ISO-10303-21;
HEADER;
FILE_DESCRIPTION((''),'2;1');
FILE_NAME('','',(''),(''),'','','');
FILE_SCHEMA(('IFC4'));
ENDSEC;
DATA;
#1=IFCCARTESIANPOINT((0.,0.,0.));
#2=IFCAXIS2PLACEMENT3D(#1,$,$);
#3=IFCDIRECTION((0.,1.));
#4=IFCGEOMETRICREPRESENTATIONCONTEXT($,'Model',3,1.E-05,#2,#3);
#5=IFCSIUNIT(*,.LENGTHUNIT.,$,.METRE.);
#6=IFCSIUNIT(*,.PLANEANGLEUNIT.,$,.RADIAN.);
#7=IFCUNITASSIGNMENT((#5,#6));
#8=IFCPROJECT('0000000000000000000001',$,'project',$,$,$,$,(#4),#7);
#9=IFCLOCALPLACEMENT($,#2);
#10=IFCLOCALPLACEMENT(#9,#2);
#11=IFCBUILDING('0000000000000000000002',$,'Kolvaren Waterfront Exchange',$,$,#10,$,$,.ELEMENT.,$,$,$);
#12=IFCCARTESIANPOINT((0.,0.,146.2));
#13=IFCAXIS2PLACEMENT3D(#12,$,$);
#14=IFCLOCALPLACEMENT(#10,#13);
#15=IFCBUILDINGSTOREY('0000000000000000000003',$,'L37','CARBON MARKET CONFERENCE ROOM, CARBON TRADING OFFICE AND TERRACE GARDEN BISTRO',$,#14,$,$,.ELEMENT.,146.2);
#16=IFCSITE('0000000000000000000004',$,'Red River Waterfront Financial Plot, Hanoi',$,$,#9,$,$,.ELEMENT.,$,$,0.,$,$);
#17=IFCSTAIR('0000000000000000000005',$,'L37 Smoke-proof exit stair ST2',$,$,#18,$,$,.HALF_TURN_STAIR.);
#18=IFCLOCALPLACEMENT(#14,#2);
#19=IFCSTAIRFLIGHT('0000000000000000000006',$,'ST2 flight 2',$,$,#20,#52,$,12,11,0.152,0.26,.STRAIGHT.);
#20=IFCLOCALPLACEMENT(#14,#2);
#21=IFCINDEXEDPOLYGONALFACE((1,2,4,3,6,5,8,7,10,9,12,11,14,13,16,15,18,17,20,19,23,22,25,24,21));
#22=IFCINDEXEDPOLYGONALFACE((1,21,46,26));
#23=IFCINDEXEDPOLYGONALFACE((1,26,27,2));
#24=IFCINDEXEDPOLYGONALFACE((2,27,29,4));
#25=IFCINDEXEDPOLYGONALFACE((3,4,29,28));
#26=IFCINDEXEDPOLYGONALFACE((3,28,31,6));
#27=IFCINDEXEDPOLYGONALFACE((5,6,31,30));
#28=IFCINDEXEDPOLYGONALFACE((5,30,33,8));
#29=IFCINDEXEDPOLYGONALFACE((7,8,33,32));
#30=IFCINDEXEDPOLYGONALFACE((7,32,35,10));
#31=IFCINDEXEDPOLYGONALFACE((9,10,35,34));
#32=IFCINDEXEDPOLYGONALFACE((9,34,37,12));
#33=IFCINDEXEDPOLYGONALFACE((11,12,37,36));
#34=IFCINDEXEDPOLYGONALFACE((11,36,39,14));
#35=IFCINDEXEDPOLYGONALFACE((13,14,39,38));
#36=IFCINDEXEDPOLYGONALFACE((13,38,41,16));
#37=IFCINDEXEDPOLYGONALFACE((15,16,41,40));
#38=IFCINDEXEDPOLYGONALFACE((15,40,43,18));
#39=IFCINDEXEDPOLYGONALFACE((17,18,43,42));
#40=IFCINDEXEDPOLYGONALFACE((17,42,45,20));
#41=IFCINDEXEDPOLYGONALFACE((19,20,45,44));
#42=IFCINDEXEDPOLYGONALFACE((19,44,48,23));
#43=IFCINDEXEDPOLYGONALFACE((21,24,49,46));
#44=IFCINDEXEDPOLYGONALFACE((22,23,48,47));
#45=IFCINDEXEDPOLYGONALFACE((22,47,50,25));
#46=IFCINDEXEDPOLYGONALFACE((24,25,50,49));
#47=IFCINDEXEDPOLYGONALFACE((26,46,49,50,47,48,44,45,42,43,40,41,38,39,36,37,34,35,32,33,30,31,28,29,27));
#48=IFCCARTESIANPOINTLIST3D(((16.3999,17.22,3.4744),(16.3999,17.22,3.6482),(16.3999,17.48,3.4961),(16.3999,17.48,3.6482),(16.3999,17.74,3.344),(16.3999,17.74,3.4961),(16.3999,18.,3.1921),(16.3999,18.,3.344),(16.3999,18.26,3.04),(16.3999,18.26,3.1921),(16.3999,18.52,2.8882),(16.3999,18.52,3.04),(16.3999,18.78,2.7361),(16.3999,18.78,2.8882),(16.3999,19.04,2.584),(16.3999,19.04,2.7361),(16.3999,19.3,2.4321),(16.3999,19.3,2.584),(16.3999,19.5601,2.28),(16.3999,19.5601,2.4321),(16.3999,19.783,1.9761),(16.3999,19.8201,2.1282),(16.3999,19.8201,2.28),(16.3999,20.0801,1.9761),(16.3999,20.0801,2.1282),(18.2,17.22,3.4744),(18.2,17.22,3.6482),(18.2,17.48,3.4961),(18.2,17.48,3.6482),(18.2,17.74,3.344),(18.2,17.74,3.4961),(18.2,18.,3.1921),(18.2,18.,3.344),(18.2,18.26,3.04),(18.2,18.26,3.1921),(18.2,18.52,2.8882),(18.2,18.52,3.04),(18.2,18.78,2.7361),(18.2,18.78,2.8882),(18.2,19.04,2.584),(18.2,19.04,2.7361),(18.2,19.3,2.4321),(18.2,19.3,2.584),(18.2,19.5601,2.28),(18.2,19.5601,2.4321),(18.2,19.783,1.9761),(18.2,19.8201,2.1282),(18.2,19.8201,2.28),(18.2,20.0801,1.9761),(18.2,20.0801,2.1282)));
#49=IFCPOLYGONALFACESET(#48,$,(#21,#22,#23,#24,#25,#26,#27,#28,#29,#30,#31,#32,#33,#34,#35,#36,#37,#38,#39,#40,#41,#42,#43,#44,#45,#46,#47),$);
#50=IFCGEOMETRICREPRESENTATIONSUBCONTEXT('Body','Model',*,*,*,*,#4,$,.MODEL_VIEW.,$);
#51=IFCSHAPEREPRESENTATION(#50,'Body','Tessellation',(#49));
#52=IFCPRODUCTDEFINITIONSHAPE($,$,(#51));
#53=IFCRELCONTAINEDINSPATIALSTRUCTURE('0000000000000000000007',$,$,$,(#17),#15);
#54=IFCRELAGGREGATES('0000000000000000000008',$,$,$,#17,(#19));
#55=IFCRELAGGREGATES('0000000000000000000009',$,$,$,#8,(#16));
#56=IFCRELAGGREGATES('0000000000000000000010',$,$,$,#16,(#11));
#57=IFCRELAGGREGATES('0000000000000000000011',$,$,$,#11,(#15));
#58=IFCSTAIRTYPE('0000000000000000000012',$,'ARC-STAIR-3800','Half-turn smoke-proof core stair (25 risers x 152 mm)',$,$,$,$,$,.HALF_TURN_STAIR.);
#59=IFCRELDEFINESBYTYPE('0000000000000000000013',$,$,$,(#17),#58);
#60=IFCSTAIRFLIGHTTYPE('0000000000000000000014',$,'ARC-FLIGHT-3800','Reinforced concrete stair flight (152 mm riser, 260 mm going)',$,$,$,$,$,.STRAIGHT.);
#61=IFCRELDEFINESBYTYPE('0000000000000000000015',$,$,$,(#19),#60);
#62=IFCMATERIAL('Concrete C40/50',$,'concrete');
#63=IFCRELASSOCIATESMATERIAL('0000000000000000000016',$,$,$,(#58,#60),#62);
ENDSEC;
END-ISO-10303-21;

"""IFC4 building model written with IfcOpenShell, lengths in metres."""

from ifc_helpers import new_model, si_unit, direction, frame, origin, place, context, subcontext, project, spatial, polyline, outline, extrude, material, type_object, element, aggregate, save


model = new_model("IFC4")

# Units and contexts
model_context = context("Model", 3, precision=1e-05, world=origin(), true_north=direction((0.0, 1.0)))
body_context = subcontext(model_context, "Body", "Model", "MODEL_VIEW")
ifc_project = project(units=[si_unit("LENGTHUNIT", "METRE"), si_unit("PLANEANGLEUNIT", "RADIAN")], contexts=[model_context])

# Site, building, storey
site_placement = place(None, origin())
site = spatial("IfcSite", under=ifc_project, at=site_placement, Name="Red River Waterfront Financial Plot, Hanoi", CompositionType="ELEMENT", RefElevation=0.0)
building_placement = place(site_placement, origin())
building = spatial("IfcBuilding", under=site, at=building_placement, Name="Kolvaren Waterfront Exchange", CompositionType="ELEMENT")
storey_placement = place(building_placement, frame((0.0, 0.0, 146.2)))
storey = spatial("IfcBuildingStorey", under=building, at=storey_placement, Name="L37", Description="CARBON MARKET CONFERENCE ROOM, CARBON TRADING OFFICE AND TERRACE GARDEN BISTRO", CompositionType="ELEMENT", Elevation=146.2)

# Stair, stair flight
ifc_material_1 = material(Name="Concrete C40/50", Category="concrete")
stair_type = type_object("IfcStairType", Name="ARC-STAIR-3800", Description="Half-turn smoke-proof core stair (25 risers x 152 mm)", PredefinedType="HALF_TURN_STAIR", material=ifc_material_1)
stair_placement = place(storey_placement, origin())
stair = element("IfcStair", 1, at=stair_placement, inside=storey, type_object=stair_type, Name="L37 Smoke-proof exit stair ST2", PredefinedType="HALF_TURN_STAIR")
stair_flight_type = type_object("IfcStairFlightType", Name="ARC-FLIGHT-3800", Description="Reinforced concrete stair flight (152 mm riser, 260 mm going)", PredefinedType="STRAIGHT", material=ifc_material_1)
stair_flight_placement = place(storey_placement, frame((17.3, 20.0801, 1.9761), z_axis=(0.0, 0.0, 1.0), x_axis=(0.0, -1.0, 0.0)))
stair_flight = element("IfcStairFlight", 2, at=stair_flight_placement, type_object=stair_flight_type, Name="ST2 flight 2", NumberOfRisers=12, NumberOfTreads=11, PredefinedType="STRAIGHT", RiserHeight=0.152, TreadLength=0.26, context=body_context, shape_type="SweptSolid", body=[
    extrude(outline(polyline([(0.0, 0.0), (0.0, 0.1521), (0.26, 0.1521), (0.26, 0.304), (0.52, 0.304), (0.52, 0.4561), (0.78, 0.4561), (0.78, 0.6079), (1.04, 0.6079), (1.04, 0.76), (1.3, 0.76), (1.3, 0.9121), (1.5601, 0.9121), (1.5601, 1.064), (1.8201, 1.064), (1.8201, 1.2161), (2.0801, 1.2161), (2.0801, 1.3679), (2.3401, 1.3679), (2.3401, 1.52), (2.6001, 1.52), (2.6001, 1.6721), (2.8601, 1.6721), (2.8601, 1.824), (2.8601, 1.4983), (0.2971, 0.0), (0.0, 0.0)])), frame((0.0, 0.8999, 0.0), z_axis=(0.0, -1.0, 0.0), x_axis=(1.0, 0.0, 0.0)), (0.0, 0.0, 1.0), 1.8),
])
aggregate(stair, [stair_flight])

save(model, "model.ifc")
